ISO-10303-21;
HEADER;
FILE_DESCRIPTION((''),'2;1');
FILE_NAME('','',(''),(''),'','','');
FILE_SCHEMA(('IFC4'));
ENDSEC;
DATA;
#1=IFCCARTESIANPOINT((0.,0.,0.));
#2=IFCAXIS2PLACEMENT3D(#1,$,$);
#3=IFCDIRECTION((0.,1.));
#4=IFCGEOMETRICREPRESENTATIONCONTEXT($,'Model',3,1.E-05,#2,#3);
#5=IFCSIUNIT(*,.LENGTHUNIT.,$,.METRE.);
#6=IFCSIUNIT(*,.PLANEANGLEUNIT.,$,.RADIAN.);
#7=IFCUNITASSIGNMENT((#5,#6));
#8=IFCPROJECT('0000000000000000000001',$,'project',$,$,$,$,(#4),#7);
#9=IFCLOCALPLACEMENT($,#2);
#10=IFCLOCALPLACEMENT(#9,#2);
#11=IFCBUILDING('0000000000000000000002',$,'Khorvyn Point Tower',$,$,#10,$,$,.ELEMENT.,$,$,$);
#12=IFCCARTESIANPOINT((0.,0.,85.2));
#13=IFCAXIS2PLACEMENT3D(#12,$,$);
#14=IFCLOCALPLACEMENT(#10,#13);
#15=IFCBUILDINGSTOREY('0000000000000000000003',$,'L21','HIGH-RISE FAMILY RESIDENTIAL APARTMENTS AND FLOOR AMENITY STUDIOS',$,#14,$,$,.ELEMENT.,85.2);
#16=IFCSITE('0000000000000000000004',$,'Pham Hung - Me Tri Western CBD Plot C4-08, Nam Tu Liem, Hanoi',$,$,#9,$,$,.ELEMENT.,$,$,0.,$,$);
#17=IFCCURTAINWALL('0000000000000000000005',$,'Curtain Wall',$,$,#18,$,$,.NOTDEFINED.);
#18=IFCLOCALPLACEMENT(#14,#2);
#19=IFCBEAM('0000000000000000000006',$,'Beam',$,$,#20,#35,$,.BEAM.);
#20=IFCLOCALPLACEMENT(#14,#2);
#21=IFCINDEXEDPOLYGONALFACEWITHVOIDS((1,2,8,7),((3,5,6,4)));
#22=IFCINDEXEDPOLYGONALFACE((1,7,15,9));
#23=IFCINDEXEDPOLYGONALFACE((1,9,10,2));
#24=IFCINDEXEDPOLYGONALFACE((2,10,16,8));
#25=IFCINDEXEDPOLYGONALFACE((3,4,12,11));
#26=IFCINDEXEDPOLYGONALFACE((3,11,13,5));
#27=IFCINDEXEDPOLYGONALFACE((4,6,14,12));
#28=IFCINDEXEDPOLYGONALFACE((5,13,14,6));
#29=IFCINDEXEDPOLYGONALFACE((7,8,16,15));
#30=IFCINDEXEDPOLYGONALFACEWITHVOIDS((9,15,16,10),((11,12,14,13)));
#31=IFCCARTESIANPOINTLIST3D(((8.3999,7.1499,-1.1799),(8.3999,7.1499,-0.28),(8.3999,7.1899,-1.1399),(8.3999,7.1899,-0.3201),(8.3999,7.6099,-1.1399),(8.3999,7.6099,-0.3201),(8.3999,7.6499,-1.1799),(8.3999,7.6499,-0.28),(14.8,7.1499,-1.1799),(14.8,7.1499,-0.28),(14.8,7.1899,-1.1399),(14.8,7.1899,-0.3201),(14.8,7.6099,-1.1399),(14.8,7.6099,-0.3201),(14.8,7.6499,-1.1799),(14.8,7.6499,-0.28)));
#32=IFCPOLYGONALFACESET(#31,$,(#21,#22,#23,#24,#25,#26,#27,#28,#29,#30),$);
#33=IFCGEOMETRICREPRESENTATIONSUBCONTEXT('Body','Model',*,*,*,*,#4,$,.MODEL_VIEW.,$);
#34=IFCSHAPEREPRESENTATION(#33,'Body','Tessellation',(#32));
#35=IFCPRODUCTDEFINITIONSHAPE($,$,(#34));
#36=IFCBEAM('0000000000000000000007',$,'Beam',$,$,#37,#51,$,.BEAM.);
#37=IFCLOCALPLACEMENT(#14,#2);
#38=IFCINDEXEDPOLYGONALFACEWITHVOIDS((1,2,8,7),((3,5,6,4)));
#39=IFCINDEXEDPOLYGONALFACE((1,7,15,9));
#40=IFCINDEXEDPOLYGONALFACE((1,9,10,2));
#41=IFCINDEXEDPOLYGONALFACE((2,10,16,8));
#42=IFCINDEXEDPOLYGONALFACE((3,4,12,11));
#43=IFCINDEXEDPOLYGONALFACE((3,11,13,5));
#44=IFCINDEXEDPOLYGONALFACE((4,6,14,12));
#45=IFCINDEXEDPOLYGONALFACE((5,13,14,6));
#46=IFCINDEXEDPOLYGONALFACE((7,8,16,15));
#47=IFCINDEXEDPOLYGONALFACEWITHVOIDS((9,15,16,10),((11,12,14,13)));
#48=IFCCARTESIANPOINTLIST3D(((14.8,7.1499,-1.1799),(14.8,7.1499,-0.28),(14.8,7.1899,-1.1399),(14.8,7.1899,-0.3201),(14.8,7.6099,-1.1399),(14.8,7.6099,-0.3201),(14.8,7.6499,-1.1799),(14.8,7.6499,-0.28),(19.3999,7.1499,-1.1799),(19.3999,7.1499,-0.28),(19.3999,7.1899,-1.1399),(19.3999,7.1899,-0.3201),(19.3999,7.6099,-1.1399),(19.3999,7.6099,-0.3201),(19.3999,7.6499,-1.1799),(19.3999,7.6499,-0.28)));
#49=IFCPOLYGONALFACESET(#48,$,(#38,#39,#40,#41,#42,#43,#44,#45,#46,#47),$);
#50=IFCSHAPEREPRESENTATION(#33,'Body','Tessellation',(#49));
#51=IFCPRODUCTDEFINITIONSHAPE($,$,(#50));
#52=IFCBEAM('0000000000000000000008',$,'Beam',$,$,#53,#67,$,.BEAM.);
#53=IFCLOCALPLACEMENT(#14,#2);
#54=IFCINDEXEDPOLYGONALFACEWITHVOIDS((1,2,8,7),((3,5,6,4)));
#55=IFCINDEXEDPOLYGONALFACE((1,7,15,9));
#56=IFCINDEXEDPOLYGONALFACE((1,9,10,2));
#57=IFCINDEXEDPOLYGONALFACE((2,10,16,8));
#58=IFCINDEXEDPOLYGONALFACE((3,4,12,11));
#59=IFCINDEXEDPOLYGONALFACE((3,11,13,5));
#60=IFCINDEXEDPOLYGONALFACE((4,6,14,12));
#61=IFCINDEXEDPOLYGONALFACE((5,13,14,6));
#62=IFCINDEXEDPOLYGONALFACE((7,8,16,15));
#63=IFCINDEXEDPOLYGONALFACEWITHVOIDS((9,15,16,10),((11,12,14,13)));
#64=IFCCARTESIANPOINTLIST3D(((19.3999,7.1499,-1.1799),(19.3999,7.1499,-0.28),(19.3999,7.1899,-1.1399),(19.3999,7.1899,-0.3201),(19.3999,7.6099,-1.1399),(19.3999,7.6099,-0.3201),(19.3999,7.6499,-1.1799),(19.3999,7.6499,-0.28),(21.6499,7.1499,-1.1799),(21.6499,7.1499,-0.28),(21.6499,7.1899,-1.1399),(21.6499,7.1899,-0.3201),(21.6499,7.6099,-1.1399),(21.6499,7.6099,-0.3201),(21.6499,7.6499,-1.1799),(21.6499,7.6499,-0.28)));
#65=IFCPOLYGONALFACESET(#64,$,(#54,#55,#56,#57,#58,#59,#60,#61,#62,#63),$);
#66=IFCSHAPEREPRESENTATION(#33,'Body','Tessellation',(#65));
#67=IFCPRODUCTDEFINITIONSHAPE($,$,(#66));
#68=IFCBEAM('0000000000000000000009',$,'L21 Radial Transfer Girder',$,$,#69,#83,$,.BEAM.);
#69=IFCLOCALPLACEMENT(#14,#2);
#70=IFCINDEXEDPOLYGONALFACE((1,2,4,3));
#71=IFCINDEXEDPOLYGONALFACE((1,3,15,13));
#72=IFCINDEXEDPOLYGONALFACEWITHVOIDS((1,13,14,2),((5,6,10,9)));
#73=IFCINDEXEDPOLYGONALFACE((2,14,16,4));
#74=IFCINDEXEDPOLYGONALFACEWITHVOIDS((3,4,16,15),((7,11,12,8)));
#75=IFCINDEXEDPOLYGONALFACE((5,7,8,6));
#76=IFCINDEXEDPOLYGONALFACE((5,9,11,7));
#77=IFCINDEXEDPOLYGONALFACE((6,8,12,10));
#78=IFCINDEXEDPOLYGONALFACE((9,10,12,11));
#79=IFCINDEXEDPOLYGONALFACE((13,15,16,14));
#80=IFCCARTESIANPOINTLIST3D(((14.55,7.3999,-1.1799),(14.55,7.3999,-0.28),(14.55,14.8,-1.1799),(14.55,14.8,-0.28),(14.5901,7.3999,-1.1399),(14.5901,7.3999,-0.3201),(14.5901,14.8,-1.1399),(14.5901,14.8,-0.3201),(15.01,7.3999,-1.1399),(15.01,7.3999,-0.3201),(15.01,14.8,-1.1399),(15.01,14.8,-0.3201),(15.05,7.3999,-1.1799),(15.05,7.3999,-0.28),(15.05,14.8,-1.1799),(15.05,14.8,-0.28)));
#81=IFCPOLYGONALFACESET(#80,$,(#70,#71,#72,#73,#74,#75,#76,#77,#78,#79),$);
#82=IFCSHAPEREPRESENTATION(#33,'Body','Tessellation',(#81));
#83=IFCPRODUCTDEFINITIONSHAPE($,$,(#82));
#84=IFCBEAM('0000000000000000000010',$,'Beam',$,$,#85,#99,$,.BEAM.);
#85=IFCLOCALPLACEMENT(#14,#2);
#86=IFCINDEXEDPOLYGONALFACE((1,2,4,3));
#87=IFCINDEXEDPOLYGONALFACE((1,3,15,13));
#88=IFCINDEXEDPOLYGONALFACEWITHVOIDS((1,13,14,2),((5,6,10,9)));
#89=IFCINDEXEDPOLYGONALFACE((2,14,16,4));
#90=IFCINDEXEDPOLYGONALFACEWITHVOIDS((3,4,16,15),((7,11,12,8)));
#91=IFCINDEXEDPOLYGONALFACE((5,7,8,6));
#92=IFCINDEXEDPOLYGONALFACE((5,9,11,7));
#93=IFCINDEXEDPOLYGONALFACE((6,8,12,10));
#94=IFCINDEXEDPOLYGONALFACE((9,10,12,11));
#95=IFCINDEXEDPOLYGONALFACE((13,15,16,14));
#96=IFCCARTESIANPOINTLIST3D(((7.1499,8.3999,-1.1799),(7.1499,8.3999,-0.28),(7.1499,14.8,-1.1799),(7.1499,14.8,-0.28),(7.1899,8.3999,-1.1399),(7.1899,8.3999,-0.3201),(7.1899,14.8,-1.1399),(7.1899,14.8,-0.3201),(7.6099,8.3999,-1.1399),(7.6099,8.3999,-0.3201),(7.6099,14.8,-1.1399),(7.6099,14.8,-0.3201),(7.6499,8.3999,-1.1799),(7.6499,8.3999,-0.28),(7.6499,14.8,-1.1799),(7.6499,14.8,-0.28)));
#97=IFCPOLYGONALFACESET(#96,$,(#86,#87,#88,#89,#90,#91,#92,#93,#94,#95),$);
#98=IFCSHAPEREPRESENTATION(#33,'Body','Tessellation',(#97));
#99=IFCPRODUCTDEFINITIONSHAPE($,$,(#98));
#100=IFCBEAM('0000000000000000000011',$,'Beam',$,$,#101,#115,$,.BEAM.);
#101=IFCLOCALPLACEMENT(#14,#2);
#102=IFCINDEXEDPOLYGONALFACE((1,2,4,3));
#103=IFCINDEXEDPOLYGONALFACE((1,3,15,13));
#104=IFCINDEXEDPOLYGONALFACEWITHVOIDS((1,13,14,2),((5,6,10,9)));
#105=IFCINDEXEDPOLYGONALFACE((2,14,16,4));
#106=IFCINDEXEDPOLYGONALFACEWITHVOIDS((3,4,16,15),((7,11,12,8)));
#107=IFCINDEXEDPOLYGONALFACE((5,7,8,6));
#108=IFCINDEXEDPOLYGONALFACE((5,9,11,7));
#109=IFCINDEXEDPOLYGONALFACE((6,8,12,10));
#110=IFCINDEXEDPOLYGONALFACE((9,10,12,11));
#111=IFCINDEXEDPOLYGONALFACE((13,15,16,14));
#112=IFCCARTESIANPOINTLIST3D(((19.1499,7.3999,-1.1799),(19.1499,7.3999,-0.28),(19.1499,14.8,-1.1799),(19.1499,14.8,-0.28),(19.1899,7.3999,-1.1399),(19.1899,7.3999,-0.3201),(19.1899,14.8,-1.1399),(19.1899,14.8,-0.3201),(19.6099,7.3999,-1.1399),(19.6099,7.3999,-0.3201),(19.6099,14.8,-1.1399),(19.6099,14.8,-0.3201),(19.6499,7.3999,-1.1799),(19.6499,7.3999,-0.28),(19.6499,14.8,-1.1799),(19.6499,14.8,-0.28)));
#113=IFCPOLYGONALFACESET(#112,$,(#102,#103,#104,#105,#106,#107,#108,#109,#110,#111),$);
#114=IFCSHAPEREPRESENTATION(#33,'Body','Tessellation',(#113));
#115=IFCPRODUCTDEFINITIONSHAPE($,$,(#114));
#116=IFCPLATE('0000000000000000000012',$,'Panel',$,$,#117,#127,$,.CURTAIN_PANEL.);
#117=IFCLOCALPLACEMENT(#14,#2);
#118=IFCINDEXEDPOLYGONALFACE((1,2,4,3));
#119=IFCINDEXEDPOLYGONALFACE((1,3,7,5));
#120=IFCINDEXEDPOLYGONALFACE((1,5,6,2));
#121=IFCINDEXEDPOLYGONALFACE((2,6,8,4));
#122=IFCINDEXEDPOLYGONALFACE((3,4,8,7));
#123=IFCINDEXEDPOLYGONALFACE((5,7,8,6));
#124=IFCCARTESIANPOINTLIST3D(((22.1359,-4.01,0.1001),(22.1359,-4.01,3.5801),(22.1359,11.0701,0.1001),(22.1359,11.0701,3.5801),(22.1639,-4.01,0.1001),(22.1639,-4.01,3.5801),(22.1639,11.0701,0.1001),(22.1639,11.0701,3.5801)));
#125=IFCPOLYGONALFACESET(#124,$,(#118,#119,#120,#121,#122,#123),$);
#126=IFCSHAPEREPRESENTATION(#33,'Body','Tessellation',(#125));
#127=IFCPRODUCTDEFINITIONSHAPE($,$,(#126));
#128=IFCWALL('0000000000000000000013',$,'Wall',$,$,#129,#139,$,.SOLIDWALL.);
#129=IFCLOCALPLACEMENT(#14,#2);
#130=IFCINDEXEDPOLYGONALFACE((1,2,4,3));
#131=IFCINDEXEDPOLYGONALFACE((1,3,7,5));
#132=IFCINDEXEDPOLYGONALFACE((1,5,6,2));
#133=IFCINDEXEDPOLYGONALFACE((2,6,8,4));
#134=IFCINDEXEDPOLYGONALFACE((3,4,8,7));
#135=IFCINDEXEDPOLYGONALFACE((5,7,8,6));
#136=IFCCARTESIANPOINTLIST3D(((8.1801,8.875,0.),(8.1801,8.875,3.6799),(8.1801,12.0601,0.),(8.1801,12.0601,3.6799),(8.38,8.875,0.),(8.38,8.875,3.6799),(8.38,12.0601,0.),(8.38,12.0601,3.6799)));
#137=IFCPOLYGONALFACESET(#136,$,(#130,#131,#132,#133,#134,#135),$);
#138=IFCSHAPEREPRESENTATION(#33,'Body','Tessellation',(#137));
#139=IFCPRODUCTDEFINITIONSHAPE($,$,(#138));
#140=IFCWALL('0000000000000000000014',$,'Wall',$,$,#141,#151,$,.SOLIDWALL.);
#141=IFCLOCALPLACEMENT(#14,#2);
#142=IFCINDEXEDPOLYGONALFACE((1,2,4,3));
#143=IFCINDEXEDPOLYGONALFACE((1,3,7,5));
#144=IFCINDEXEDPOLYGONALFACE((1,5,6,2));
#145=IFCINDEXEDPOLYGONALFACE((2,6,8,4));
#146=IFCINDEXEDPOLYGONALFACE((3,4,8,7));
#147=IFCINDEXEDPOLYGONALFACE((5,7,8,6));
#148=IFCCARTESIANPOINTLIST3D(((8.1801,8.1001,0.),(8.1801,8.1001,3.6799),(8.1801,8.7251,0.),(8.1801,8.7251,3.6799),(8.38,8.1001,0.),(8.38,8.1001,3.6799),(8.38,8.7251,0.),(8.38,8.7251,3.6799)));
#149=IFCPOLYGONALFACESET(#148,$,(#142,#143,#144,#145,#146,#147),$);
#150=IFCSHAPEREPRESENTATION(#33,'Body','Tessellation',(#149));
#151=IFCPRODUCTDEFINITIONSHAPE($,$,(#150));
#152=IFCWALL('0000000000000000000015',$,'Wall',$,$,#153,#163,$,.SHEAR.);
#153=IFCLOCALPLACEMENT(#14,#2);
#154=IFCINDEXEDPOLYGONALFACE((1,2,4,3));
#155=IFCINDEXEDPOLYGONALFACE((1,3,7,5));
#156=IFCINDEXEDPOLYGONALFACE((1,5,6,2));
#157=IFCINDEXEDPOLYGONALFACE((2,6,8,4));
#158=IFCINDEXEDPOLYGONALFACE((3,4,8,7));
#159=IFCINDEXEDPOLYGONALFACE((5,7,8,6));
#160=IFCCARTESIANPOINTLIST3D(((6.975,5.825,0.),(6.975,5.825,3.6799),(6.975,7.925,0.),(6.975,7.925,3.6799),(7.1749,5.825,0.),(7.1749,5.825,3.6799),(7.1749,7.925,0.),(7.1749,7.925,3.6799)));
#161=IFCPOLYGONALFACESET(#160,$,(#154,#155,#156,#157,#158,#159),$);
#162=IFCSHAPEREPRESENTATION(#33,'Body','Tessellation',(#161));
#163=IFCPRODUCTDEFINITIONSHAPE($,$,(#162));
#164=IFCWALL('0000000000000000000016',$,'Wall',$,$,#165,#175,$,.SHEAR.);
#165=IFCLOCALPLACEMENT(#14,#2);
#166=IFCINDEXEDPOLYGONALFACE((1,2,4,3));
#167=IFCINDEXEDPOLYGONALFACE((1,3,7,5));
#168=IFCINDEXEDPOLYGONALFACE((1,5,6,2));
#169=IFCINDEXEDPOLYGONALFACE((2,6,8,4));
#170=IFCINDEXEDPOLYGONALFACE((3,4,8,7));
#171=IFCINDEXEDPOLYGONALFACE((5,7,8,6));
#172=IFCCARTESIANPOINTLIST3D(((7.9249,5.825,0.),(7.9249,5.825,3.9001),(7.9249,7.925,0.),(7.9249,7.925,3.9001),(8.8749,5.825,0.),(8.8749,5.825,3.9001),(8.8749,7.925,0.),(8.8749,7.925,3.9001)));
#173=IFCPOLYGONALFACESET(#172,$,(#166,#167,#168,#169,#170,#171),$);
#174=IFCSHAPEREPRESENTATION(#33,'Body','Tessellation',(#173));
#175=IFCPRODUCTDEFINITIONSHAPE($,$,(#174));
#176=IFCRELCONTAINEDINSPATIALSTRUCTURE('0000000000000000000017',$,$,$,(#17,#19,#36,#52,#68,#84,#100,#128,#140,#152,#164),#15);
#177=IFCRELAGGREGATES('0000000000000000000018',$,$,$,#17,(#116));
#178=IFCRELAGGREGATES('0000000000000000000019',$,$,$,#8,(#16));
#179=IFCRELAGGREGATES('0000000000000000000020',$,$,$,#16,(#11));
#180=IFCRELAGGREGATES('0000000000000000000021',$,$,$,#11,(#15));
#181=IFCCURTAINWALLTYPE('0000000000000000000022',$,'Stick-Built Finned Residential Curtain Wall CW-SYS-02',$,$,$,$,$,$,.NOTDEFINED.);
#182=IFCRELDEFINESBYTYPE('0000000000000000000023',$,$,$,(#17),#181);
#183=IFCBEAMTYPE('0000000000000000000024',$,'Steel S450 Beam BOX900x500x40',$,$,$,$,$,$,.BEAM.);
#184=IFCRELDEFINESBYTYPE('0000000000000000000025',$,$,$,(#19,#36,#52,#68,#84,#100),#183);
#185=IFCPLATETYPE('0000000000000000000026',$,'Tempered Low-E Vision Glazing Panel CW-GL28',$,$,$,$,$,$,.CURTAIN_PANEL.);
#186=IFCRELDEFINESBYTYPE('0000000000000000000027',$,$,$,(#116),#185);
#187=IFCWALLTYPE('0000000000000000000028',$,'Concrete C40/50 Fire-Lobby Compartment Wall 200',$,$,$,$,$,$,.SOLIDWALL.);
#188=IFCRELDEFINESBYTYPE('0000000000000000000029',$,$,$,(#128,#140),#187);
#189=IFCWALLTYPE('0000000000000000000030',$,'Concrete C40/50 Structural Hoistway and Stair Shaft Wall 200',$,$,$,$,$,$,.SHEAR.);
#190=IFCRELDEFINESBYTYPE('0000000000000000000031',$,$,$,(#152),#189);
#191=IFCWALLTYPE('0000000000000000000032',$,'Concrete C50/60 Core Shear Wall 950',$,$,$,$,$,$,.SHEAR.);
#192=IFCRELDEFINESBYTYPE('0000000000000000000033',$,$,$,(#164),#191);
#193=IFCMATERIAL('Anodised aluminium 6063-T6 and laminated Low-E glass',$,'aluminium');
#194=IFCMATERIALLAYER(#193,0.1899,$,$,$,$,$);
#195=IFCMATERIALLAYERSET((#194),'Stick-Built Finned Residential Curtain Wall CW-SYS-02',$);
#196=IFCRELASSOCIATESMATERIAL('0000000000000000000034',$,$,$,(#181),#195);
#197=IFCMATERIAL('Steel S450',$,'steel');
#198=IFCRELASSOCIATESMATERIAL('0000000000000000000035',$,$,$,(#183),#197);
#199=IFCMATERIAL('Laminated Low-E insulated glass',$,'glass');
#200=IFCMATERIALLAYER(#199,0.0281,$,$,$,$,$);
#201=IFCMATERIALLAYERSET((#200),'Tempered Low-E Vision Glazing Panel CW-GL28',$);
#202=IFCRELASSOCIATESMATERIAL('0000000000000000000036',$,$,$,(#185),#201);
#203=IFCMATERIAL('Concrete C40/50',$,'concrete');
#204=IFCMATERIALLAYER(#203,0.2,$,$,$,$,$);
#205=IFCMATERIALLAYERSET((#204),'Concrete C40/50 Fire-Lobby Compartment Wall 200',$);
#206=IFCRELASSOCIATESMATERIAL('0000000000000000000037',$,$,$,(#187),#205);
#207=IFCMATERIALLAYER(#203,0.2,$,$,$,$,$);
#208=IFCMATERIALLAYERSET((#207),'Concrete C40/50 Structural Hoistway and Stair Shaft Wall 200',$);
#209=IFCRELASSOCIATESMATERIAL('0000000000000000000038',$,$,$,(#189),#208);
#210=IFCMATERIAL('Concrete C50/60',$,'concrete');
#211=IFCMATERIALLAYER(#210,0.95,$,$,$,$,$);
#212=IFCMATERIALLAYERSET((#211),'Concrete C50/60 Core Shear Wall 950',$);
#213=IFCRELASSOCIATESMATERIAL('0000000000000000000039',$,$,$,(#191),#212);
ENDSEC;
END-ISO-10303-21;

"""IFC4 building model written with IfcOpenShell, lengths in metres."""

from ifc_helpers import new_model, si_unit, direction, frame, frame_2d, origin, origin_2d, place, context, subcontext, project, spatial, rectangle, hollow_rectangle, extrude, material, layer, layer_set, material_profile, profile_set, type_object, element, aggregate, save


model = new_model("IFC4")

# Units and contexts
model_context = context("Model", 3, precision=1e-05, world=origin(), true_north=direction((0.0, 1.0)))
body_context = subcontext(model_context, "Body", "Model", "MODEL_VIEW")
ifc_project = project(units=[si_unit("LENGTHUNIT", "METRE"), si_unit("PLANEANGLEUNIT", "RADIAN")], contexts=[model_context])

# Site, building, storey
site_placement = place(None, origin())
site = spatial("IfcSite", under=ifc_project, at=site_placement, Name="Pham Hung - Me Tri Western CBD Plot C4-08, Nam Tu Liem, Hanoi", CompositionType="ELEMENT", RefElevation=0.0)
building_placement = place(site_placement, origin())
building = spatial("IfcBuilding", under=site, at=building_placement, Name="Khorvyn Point Tower", CompositionType="ELEMENT")
storey_placement = place(building_placement, frame((0.0, 0.0, 85.2)))
storey = spatial("IfcBuildingStorey", under=building, at=storey_placement, Name="L21", Description="HIGH-RISE FAMILY RESIDENTIAL APARTMENTS AND FLOOR AMENITY STUDIOS", CompositionType="ELEMENT", Elevation=85.2)

# Shared definitions
ifc_material_1 = material(Name="Concrete C50/60", Category="concrete")
ifc_material_2 = material(Name="Steel S450", Category="steel")

# Curtain wall
ifc_material_3 = material(Name="Anodised aluminium 6063-T6 and laminated Low-E glass", Category="aluminium")
ifc_layer_1 = layer(ifc_material_3, 0.1899)
ifc_layer_set_1 = layer_set([ifc_layer_1], Name="Stick-Built Finned Residential Curtain Wall CW-SYS-02")
curtain_wall_type = type_object("IfcCurtainWallType", Name="Stick-Built Finned Residential Curtain Wall CW-SYS-02", PredefinedType="NOTDEFINED", material=ifc_layer_set_1)
curtain_wall_placement = place(storey_placement, origin())
curtain_wall = element("IfcCurtainWall", 1, at=curtain_wall_placement, inside=storey, type_object=curtain_wall_type, Name="Curtain Wall", PredefinedType="NOTDEFINED")

# Beams
ifc_material_profile_1 = material_profile(ifc_material_2, hollow_rectangle(XDim=0.5, YDim=0.8999, WallThickness=0.04, at=origin_2d()))
ifc_profile_set_1 = profile_set([ifc_material_profile_1], Name="Steel S450 BOX900x500x40")
beam_type_1 = type_object("IfcBeamType", Name="Steel S450 Beam BOX900x500x40", PredefinedType="BEAM", material=ifc_profile_set_1)
beam_1_placement = place(storey_placement, frame((8.3999, 7.3999, -0.73), z_axis=(1.0, 0.0, 0.0), x_axis=(0.0, 1.0, 0.0)))
element("IfcBeam", 2, at=beam_1_placement, inside=storey, type_object=beam_type_1, Name="Beam", PredefinedType="BEAM", context=body_context, shape_type="SweptSolid", body=[
    extrude(hollow_rectangle(XDim=0.5, YDim=0.8999, WallThickness=0.04, at=origin_2d()), origin(), (0.0, 0.0, 1.0), 6.4001),
])
beam_2_placement = place(storey_placement, frame((14.8, 7.3999, -0.73), z_axis=(1.0, 0.0, 0.0), x_axis=(0.0, 1.0, 0.0)))
element("IfcBeam", 3, at=beam_2_placement, inside=storey, type_object=beam_type_1, Name="Beam", PredefinedType="BEAM", context=body_context, shape_type="SweptSolid", body=[
    extrude(hollow_rectangle(XDim=0.5, YDim=0.8999, WallThickness=0.04, at=origin_2d()), origin(), (0.0, 0.0, 1.0), 4.5999),
])
beam_3_placement = place(storey_placement, frame((19.3999, 7.3999, -0.73), z_axis=(1.0, 0.0, 0.0), x_axis=(0.0, 1.0, 0.0)))
element("IfcBeam", 4, at=beam_3_placement, inside=storey, type_object=beam_type_1, Name="Beam", PredefinedType="BEAM", context=body_context, shape_type="SweptSolid", body=[
    extrude(hollow_rectangle(XDim=0.5, YDim=0.8999, WallThickness=0.04, at=origin_2d()), origin(), (0.0, 0.0, 1.0), 2.25),
])
beam_4_placement = place(storey_placement, frame((14.8, 7.3999, -0.73), z_axis=(0.0, 1.0, 0.0), x_axis=(-1.0, 0.0, 0.0)))
element("IfcBeam", 5, at=beam_4_placement, inside=storey, type_object=beam_type_1, Name="L21 Radial Transfer Girder", PredefinedType="BEAM", context=body_context, shape_type="SweptSolid", body=[
    extrude(hollow_rectangle(XDim=0.5, YDim=0.8999, WallThickness=0.04, at=origin_2d()), origin(), (0.0, 0.0, 1.0), 7.4001),
])
beam_5_placement = place(storey_placement, frame((7.3999, 8.3999, -0.73), z_axis=(0.0, 1.0, 0.0), x_axis=(-1.0, 0.0, 0.0)))
element("IfcBeam", 6, at=beam_5_placement, inside=storey, type_object=beam_type_1, Name="Beam", PredefinedType="BEAM", context=body_context, shape_type="SweptSolid", body=[
    extrude(hollow_rectangle(XDim=0.5, YDim=0.8999, WallThickness=0.04, at=origin_2d()), origin(), (0.0, 0.0, 1.0), 6.4001),
])
beam_6_placement = place(storey_placement, frame((19.3999, 7.3999, -0.73), z_axis=(0.0, 1.0, 0.0), x_axis=(-1.0, 0.0, 0.0)))
element("IfcBeam", 7, at=beam_6_placement, inside=storey, type_object=beam_type_1, Name="Beam", PredefinedType="BEAM", context=body_context, shape_type="SweptSolid", body=[
    extrude(hollow_rectangle(XDim=0.5, YDim=0.8999, WallThickness=0.04, at=origin_2d()), origin(), (0.0, 0.0, 1.0), 7.4001),
])

# Plate
ifc_material_4 = material(Name="Laminated Low-E insulated glass", Category="glass")
ifc_layer_2 = layer(ifc_material_4, 0.0281)
ifc_layer_set_2 = layer_set([ifc_layer_2], Name="Tempered Low-E Vision Glazing Panel CW-GL28")
plate_type = type_object("IfcPlateType", Name="Tempered Low-E Vision Glazing Panel CW-GL28", PredefinedType="CURTAIN_PANEL", material=ifc_layer_set_2)
plate_placement = place(storey_placement, frame((22.1499, 3.53, 0.1001), z_axis=(0.0, 0.0, 1.0), x_axis=(0.0, -1.0, 0.0)))
plate = element("IfcPlate", 8, at=plate_placement, type_object=plate_type, Name="Panel", PredefinedType="CURTAIN_PANEL", context=body_context, shape_type="SweptSolid", body=[
    extrude(rectangle(XDim=15.0801, YDim=0.0281, at=origin_2d()), origin(), (0.0, 0.0, 1.0), 3.48),
])
aggregate(curtain_wall, [plate])

# Walls
ifc_material_5 = material(Name="Concrete C40/50", Category="concrete")
ifc_layer_3 = layer(ifc_material_5, 0.2)
ifc_layer_set_3 = layer_set([ifc_layer_3], Name="Concrete C40/50 Fire-Lobby Compartment Wall 200")
wall_type_1 = type_object("IfcWallType", Name="Concrete C40/50 Fire-Lobby Compartment Wall 200", PredefinedType="SOLIDWALL", material=ifc_layer_set_3)
wall_1_placement = place(storey_placement, frame((8.28, 8.875, 0.0), z_axis=(0.0, 0.0, 1.0), x_axis=(0.0, 1.0, 0.0)))
element("IfcWall", 9, at=wall_1_placement, inside=storey, type_object=wall_type_1, Name="Wall", PredefinedType="SOLIDWALL", context=body_context, shape_type="SweptSolid", body=[
    extrude(rectangle(XDim=3.1851, YDim=0.2, at=frame_2d((1.5925, 0.0))), origin(), (0.0, 0.0, 1.0), 3.6799),
])
wall_2_placement = place(storey_placement, frame((8.28, 8.1001, 0.0), z_axis=(0.0, 0.0, 1.0), x_axis=(0.0, 1.0, 0.0)))
element("IfcWall", 10, at=wall_2_placement, inside=storey, type_object=wall_type_1, Name="Wall", PredefinedType="SOLIDWALL", context=body_context, shape_type="SweptSolid", body=[
    extrude(rectangle(XDim=0.625, YDim=0.2, at=frame_2d((0.3125, 0.0))), origin(), (0.0, 0.0, 1.0), 3.6799),
])
ifc_layer_4 = layer(ifc_material_5, 0.2)
ifc_layer_set_4 = layer_set([ifc_layer_4], Name="Concrete C40/50 Structural Hoistway and Stair Shaft Wall 200")
wall_type_2 = type_object("IfcWallType", Name="Concrete C40/50 Structural Hoistway and Stair Shaft Wall 200", PredefinedType="SHEAR", material=ifc_layer_set_4)
wall_3_placement = place(storey_placement, frame((7.075, 5.825, 0.0), z_axis=(0.0, 0.0, 1.0), x_axis=(0.0, 1.0, 0.0)))
element("IfcWall", 11, at=wall_3_placement, inside=storey, type_object=wall_type_2, Name="Wall", PredefinedType="SHEAR", context=body_context, shape_type="SweptSolid", body=[
    extrude(rectangle(XDim=2.1001, YDim=0.2, at=frame_2d((1.05, 0.0))), origin(), (0.0, 0.0, 1.0), 3.6799),
])
ifc_layer_5 = layer(ifc_material_1, 0.95)
ifc_layer_set_5 = layer_set([ifc_layer_5], Name="Concrete C50/60 Core Shear Wall 950")
wall_type_3 = type_object("IfcWallType", Name="Concrete C50/60 Core Shear Wall 950", PredefinedType="SHEAR", material=ifc_layer_set_5)
wall_4_placement = place(storey_placement, frame((8.3999, 5.825, 0.0), z_axis=(0.0, 0.0, 1.0), x_axis=(0.0, 1.0, 0.0)))
element("IfcWall", 12, at=wall_4_placement, inside=storey, type_object=wall_type_3, Name="Wall", PredefinedType="SHEAR", context=body_context, shape_type="SweptSolid", body=[
    extrude(rectangle(XDim=2.1001, YDim=0.95, at=frame_2d((1.05, 0.0))), origin(), (0.0, 0.0, 1.0), 3.9001),
])

save(model, "model.ifc")
